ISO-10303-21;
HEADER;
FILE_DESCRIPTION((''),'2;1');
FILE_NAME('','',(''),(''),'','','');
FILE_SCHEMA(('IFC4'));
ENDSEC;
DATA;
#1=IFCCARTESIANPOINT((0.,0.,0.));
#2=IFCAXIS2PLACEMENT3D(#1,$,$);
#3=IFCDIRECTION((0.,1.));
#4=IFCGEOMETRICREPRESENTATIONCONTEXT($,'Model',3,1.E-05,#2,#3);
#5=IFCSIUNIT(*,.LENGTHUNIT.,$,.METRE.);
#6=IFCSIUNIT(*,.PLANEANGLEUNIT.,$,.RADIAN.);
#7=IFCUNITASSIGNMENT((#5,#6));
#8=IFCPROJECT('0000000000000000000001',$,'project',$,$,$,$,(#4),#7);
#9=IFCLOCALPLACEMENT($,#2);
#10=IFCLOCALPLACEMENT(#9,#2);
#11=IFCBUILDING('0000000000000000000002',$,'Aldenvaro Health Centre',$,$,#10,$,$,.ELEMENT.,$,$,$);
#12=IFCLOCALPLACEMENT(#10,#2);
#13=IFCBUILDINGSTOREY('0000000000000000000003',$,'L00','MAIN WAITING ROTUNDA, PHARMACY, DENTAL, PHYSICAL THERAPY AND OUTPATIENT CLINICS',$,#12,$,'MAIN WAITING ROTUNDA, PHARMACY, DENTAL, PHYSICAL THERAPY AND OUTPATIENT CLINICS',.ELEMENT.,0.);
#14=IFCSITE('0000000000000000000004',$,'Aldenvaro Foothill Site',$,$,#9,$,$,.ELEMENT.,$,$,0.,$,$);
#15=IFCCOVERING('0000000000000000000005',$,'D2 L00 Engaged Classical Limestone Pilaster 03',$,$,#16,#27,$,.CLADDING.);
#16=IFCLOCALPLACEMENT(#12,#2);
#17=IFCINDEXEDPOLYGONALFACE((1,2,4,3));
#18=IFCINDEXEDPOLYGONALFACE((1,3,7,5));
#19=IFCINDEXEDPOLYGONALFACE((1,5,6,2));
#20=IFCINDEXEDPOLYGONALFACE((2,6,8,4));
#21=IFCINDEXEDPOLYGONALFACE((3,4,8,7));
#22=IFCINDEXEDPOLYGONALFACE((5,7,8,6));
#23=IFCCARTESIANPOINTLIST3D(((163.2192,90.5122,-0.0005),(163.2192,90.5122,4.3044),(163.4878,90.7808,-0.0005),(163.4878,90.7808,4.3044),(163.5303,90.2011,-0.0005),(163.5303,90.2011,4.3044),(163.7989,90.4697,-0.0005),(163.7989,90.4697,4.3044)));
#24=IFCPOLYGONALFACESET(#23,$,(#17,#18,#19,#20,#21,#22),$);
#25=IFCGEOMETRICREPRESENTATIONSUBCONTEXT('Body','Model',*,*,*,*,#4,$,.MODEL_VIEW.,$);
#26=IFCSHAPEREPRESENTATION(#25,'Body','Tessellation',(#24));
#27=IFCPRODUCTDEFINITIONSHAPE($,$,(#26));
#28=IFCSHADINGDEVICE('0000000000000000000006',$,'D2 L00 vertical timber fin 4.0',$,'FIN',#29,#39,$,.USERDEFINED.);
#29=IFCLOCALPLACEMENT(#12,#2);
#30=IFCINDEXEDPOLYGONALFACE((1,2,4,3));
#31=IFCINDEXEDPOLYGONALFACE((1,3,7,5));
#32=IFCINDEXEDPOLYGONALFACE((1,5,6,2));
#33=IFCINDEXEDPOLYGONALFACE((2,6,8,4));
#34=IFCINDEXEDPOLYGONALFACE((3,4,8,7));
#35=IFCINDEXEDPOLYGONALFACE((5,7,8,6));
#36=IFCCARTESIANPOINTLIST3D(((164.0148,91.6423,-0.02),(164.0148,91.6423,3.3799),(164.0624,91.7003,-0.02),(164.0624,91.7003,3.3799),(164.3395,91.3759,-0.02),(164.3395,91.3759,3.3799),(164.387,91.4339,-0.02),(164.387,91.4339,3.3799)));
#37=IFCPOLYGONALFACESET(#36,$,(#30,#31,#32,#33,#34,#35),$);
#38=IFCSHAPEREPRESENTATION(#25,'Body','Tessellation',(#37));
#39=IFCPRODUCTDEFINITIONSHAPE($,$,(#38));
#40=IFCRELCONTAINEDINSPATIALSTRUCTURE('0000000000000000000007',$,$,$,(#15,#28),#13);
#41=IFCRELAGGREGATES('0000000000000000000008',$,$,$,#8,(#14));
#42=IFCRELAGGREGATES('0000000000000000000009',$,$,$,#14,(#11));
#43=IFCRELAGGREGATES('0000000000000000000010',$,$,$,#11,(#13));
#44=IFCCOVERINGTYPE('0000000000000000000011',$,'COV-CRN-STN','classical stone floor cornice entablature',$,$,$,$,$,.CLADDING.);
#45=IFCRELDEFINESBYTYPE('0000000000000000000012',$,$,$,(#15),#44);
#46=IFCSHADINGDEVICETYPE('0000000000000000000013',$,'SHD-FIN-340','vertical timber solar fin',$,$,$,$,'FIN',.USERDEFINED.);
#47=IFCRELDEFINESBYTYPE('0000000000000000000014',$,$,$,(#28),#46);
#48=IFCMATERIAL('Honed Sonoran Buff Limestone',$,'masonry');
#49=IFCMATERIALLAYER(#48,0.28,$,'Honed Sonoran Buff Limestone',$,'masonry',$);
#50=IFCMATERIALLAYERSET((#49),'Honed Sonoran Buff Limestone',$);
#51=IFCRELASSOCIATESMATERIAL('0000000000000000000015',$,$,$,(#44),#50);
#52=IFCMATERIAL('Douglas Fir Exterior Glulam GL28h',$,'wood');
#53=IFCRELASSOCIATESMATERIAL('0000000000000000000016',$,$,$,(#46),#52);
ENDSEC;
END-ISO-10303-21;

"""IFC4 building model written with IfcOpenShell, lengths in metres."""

from ifc_helpers import new_model, si_unit, direction, frame, origin, origin_2d, place, context, subcontext, project, spatial, rectangle, extrude, material, layer, layer_set, type_object, element, save


model = new_model("IFC4")

# Units and contexts
model_context = context("Model", 3, precision=1e-05, world=origin(), true_north=direction((0.0, 1.0)))
body_context = subcontext(model_context, "Body", "Model", "MODEL_VIEW")
ifc_project = project(units=[si_unit("LENGTHUNIT", "METRE"), si_unit("PLANEANGLEUNIT", "RADIAN")], contexts=[model_context])

# Site, building, storey
site_placement = place(None, origin())
site = spatial("IfcSite", under=ifc_project, at=site_placement, Name="Aldenvaro Foothill Site", CompositionType="ELEMENT", RefElevation=0.0)
building_placement = place(site_placement, origin())
building = spatial("IfcBuilding", under=site, at=building_placement, Name="Aldenvaro Health Centre", CompositionType="ELEMENT")
storey_placement = place(building_placement, origin())
storey = spatial("IfcBuildingStorey", under=building, at=storey_placement, Name="L00", Description="MAIN WAITING ROTUNDA, PHARMACY, DENTAL, PHYSICAL THERAPY AND OUTPATIENT CLINICS", LongName="MAIN WAITING ROTUNDA, PHARMACY, DENTAL, PHYSICAL THERAPY AND OUTPATIENT CLINICS", CompositionType="ELEMENT", Elevation=0.0)

# Covering
ifc_material_1 = material(Name="Honed Sonoran Buff Limestone", Category="masonry")
ifc_layer_1 = layer(ifc_material_1, 0.28, Name="Honed Sonoran Buff Limestone", Category="masonry")
ifc_layer_set_1 = layer_set([ifc_layer_1], Name="Honed Sonoran Buff Limestone")
covering_type = type_object("IfcCoveringType", Name="COV-CRN-STN", Description="classical stone floor cornice entablature", PredefinedType="CLADDING", material=ifc_layer_set_1)
for number, where, z_axis, x_axis, name in (
    (1, (163.509, 90.491, -0.0005), (0.0, 0.0, 1.0), (0.707107, -0.707107, 0.0), "D2 L00 Engaged Classical Limestone Pilaster 03"),
):
    element("IfcCovering", number, at=place(storey_placement, frame(where, z_axis=z_axis, x_axis=x_axis)), inside=storey, type_object=covering_type, Name=name, PredefinedType="CLADDING", context=body_context, shape_type="SweptSolid", body=[
        extrude(rectangle(XDim=0.4399, YDim=0.3799, at=origin_2d()), origin(), (0.0, 0.0, 1.0), 4.3049),
    ])

# Shading device
ifc_material_2 = material(Name="Douglas Fir Exterior Glulam GL28h", Category="wood")
shading_device_type = type_object("IfcShadingDeviceType", Name="SHD-FIN-340", Description="vertical timber solar fin", ElementType="FIN", PredefinedType="USERDEFINED", material=ifc_material_2)
shading_device_placement = place(storey_placement, frame((164.2009, 91.5381, -0.02), z_axis=(0.0, 0.0, 1.0), x_axis=(-0.63438, -0.773022, 0.0)))
element("IfcShadingDevice", 2, at=shading_device_placement, inside=storey, type_object=shading_device_type, Name="D2 L00 vertical timber fin 4.0", ObjectType="FIN", PredefinedType="USERDEFINED", context=body_context, shape_type="SweptSolid", body=[
    extrude(rectangle(XDim=0.075, YDim=0.4199, at=origin_2d()), origin(), (0.0, 0.0, 1.0), 3.3999),
])

save(model, "model.ifc")
